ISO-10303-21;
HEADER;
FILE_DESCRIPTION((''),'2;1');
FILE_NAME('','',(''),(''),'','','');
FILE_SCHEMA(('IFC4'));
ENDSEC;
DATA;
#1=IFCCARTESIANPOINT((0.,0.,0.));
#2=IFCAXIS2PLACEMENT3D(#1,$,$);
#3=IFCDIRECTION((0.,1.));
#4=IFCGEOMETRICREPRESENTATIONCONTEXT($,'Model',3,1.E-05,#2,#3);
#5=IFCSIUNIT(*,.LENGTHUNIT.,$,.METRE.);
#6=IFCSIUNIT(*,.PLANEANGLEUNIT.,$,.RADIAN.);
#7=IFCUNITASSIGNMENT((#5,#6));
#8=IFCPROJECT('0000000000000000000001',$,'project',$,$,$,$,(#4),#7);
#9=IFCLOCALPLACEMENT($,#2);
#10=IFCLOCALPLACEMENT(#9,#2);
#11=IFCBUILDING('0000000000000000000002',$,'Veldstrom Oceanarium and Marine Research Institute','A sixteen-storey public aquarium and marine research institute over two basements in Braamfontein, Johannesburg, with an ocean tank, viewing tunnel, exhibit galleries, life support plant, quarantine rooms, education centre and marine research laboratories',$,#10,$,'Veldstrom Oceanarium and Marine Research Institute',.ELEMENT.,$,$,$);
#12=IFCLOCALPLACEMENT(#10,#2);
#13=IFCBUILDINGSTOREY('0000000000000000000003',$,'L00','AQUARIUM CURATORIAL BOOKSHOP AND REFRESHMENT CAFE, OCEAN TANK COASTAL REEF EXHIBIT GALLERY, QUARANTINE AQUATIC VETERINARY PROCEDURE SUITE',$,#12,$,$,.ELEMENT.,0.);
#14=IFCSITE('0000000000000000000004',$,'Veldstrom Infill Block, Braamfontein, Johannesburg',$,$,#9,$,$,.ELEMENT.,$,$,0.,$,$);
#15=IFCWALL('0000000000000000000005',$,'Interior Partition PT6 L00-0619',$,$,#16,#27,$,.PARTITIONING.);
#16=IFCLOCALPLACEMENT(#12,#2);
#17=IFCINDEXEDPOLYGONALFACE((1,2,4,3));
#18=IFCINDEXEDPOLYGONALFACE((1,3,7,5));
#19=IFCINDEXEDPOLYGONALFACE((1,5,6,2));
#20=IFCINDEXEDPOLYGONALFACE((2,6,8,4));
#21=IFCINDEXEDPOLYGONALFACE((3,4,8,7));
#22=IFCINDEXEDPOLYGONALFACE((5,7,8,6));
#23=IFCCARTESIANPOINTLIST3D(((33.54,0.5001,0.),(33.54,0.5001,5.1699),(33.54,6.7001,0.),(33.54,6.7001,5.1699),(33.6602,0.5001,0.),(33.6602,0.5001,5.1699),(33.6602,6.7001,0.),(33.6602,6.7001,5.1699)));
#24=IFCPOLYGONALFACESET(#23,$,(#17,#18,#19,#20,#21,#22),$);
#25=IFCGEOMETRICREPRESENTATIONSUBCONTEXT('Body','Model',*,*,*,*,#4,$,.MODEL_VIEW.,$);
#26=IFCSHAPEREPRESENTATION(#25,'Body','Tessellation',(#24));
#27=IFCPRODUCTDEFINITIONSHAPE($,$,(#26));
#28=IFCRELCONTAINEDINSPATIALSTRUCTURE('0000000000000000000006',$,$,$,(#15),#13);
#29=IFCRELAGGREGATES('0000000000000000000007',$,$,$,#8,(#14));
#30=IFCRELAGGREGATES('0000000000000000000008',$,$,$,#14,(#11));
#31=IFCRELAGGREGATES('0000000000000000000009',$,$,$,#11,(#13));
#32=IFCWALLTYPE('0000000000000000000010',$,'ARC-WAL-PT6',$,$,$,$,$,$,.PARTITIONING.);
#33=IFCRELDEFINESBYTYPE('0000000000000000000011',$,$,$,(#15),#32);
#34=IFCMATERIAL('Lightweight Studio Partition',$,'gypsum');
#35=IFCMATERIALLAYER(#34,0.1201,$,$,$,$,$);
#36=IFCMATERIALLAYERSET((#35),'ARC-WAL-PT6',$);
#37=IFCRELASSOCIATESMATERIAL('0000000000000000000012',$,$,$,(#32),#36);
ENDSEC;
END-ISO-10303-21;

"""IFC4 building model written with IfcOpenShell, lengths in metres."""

from ifc_helpers import new_model, si_unit, direction, frame, frame_2d, origin, place, context, subcontext, project, spatial, rectangle, extrude, material, layer, layer_set, type_object, element, save


model = new_model("IFC4")

# Units and contexts
model_context = context("Model", 3, precision=1e-05, world=origin(), true_north=direction((0.0, 1.0)))
body_context = subcontext(model_context, "Body", "Model", "MODEL_VIEW")
ifc_project = project(units=[si_unit("LENGTHUNIT", "METRE"), si_unit("PLANEANGLEUNIT", "RADIAN")], contexts=[model_context])

# Site, building, storey
site_placement = place(None, origin())
site = spatial("IfcSite", under=ifc_project, at=site_placement, Name="Veldstrom Infill Block, Braamfontein, Johannesburg", CompositionType="ELEMENT", RefElevation=0.0)
building_placement = place(site_placement, origin())
building = spatial("IfcBuilding", under=site, at=building_placement, Name="Veldstrom Oceanarium and Marine Research Institute", Description="A sixteen-storey public aquarium and marine research institute over two basements in Braamfontein, Johannesburg, with an ocean tank, viewing tunnel, exhibit galleries, life support plant, quarantine rooms, education centre and marine research laboratories", LongName="Veldstrom Oceanarium and Marine Research Institute", CompositionType="ELEMENT")
storey_placement = place(building_placement, origin())
storey = spatial("IfcBuildingStorey", under=building, at=storey_placement, Name="L00", Description="AQUARIUM CURATORIAL BOOKSHOP AND REFRESHMENT CAFE, OCEAN TANK COASTAL REEF EXHIBIT GALLERY, QUARANTINE AQUATIC VETERINARY PROCEDURE SUITE", CompositionType="ELEMENT", Elevation=0.0)

# Wall
ifc_material_1 = material(Name="Lightweight Studio Partition", Category="gypsum")
ifc_layer_1 = layer(ifc_material_1, 0.1201)
ifc_layer_set_1 = layer_set([ifc_layer_1], Name="ARC-WAL-PT6")
wall_type_1 = type_object("IfcWallType", Name="ARC-WAL-PT6", PredefinedType="PARTITIONING", material=ifc_layer_set_1)
wall_1_placement = place(storey_placement, frame((33.6001, 0.5, 0.0), z_axis=(0.0, 0.0, 1.0), x_axis=(0.0, 1.0, 0.0)))
element("IfcWall", 1, at=wall_1_placement, inside=storey, type_object=wall_type_1, Name="Interior Partition PT6 L00-0619", PredefinedType="PARTITIONING", context=body_context, shape_type="SweptSolid", body=[
    extrude(rectangle(XDim=6.2, YDim=0.1201, at=frame_2d((3.1001, 0.0))), origin(), (0.0, 0.0, 1.0), 5.1699),
])

save(model, "model.ifc")
